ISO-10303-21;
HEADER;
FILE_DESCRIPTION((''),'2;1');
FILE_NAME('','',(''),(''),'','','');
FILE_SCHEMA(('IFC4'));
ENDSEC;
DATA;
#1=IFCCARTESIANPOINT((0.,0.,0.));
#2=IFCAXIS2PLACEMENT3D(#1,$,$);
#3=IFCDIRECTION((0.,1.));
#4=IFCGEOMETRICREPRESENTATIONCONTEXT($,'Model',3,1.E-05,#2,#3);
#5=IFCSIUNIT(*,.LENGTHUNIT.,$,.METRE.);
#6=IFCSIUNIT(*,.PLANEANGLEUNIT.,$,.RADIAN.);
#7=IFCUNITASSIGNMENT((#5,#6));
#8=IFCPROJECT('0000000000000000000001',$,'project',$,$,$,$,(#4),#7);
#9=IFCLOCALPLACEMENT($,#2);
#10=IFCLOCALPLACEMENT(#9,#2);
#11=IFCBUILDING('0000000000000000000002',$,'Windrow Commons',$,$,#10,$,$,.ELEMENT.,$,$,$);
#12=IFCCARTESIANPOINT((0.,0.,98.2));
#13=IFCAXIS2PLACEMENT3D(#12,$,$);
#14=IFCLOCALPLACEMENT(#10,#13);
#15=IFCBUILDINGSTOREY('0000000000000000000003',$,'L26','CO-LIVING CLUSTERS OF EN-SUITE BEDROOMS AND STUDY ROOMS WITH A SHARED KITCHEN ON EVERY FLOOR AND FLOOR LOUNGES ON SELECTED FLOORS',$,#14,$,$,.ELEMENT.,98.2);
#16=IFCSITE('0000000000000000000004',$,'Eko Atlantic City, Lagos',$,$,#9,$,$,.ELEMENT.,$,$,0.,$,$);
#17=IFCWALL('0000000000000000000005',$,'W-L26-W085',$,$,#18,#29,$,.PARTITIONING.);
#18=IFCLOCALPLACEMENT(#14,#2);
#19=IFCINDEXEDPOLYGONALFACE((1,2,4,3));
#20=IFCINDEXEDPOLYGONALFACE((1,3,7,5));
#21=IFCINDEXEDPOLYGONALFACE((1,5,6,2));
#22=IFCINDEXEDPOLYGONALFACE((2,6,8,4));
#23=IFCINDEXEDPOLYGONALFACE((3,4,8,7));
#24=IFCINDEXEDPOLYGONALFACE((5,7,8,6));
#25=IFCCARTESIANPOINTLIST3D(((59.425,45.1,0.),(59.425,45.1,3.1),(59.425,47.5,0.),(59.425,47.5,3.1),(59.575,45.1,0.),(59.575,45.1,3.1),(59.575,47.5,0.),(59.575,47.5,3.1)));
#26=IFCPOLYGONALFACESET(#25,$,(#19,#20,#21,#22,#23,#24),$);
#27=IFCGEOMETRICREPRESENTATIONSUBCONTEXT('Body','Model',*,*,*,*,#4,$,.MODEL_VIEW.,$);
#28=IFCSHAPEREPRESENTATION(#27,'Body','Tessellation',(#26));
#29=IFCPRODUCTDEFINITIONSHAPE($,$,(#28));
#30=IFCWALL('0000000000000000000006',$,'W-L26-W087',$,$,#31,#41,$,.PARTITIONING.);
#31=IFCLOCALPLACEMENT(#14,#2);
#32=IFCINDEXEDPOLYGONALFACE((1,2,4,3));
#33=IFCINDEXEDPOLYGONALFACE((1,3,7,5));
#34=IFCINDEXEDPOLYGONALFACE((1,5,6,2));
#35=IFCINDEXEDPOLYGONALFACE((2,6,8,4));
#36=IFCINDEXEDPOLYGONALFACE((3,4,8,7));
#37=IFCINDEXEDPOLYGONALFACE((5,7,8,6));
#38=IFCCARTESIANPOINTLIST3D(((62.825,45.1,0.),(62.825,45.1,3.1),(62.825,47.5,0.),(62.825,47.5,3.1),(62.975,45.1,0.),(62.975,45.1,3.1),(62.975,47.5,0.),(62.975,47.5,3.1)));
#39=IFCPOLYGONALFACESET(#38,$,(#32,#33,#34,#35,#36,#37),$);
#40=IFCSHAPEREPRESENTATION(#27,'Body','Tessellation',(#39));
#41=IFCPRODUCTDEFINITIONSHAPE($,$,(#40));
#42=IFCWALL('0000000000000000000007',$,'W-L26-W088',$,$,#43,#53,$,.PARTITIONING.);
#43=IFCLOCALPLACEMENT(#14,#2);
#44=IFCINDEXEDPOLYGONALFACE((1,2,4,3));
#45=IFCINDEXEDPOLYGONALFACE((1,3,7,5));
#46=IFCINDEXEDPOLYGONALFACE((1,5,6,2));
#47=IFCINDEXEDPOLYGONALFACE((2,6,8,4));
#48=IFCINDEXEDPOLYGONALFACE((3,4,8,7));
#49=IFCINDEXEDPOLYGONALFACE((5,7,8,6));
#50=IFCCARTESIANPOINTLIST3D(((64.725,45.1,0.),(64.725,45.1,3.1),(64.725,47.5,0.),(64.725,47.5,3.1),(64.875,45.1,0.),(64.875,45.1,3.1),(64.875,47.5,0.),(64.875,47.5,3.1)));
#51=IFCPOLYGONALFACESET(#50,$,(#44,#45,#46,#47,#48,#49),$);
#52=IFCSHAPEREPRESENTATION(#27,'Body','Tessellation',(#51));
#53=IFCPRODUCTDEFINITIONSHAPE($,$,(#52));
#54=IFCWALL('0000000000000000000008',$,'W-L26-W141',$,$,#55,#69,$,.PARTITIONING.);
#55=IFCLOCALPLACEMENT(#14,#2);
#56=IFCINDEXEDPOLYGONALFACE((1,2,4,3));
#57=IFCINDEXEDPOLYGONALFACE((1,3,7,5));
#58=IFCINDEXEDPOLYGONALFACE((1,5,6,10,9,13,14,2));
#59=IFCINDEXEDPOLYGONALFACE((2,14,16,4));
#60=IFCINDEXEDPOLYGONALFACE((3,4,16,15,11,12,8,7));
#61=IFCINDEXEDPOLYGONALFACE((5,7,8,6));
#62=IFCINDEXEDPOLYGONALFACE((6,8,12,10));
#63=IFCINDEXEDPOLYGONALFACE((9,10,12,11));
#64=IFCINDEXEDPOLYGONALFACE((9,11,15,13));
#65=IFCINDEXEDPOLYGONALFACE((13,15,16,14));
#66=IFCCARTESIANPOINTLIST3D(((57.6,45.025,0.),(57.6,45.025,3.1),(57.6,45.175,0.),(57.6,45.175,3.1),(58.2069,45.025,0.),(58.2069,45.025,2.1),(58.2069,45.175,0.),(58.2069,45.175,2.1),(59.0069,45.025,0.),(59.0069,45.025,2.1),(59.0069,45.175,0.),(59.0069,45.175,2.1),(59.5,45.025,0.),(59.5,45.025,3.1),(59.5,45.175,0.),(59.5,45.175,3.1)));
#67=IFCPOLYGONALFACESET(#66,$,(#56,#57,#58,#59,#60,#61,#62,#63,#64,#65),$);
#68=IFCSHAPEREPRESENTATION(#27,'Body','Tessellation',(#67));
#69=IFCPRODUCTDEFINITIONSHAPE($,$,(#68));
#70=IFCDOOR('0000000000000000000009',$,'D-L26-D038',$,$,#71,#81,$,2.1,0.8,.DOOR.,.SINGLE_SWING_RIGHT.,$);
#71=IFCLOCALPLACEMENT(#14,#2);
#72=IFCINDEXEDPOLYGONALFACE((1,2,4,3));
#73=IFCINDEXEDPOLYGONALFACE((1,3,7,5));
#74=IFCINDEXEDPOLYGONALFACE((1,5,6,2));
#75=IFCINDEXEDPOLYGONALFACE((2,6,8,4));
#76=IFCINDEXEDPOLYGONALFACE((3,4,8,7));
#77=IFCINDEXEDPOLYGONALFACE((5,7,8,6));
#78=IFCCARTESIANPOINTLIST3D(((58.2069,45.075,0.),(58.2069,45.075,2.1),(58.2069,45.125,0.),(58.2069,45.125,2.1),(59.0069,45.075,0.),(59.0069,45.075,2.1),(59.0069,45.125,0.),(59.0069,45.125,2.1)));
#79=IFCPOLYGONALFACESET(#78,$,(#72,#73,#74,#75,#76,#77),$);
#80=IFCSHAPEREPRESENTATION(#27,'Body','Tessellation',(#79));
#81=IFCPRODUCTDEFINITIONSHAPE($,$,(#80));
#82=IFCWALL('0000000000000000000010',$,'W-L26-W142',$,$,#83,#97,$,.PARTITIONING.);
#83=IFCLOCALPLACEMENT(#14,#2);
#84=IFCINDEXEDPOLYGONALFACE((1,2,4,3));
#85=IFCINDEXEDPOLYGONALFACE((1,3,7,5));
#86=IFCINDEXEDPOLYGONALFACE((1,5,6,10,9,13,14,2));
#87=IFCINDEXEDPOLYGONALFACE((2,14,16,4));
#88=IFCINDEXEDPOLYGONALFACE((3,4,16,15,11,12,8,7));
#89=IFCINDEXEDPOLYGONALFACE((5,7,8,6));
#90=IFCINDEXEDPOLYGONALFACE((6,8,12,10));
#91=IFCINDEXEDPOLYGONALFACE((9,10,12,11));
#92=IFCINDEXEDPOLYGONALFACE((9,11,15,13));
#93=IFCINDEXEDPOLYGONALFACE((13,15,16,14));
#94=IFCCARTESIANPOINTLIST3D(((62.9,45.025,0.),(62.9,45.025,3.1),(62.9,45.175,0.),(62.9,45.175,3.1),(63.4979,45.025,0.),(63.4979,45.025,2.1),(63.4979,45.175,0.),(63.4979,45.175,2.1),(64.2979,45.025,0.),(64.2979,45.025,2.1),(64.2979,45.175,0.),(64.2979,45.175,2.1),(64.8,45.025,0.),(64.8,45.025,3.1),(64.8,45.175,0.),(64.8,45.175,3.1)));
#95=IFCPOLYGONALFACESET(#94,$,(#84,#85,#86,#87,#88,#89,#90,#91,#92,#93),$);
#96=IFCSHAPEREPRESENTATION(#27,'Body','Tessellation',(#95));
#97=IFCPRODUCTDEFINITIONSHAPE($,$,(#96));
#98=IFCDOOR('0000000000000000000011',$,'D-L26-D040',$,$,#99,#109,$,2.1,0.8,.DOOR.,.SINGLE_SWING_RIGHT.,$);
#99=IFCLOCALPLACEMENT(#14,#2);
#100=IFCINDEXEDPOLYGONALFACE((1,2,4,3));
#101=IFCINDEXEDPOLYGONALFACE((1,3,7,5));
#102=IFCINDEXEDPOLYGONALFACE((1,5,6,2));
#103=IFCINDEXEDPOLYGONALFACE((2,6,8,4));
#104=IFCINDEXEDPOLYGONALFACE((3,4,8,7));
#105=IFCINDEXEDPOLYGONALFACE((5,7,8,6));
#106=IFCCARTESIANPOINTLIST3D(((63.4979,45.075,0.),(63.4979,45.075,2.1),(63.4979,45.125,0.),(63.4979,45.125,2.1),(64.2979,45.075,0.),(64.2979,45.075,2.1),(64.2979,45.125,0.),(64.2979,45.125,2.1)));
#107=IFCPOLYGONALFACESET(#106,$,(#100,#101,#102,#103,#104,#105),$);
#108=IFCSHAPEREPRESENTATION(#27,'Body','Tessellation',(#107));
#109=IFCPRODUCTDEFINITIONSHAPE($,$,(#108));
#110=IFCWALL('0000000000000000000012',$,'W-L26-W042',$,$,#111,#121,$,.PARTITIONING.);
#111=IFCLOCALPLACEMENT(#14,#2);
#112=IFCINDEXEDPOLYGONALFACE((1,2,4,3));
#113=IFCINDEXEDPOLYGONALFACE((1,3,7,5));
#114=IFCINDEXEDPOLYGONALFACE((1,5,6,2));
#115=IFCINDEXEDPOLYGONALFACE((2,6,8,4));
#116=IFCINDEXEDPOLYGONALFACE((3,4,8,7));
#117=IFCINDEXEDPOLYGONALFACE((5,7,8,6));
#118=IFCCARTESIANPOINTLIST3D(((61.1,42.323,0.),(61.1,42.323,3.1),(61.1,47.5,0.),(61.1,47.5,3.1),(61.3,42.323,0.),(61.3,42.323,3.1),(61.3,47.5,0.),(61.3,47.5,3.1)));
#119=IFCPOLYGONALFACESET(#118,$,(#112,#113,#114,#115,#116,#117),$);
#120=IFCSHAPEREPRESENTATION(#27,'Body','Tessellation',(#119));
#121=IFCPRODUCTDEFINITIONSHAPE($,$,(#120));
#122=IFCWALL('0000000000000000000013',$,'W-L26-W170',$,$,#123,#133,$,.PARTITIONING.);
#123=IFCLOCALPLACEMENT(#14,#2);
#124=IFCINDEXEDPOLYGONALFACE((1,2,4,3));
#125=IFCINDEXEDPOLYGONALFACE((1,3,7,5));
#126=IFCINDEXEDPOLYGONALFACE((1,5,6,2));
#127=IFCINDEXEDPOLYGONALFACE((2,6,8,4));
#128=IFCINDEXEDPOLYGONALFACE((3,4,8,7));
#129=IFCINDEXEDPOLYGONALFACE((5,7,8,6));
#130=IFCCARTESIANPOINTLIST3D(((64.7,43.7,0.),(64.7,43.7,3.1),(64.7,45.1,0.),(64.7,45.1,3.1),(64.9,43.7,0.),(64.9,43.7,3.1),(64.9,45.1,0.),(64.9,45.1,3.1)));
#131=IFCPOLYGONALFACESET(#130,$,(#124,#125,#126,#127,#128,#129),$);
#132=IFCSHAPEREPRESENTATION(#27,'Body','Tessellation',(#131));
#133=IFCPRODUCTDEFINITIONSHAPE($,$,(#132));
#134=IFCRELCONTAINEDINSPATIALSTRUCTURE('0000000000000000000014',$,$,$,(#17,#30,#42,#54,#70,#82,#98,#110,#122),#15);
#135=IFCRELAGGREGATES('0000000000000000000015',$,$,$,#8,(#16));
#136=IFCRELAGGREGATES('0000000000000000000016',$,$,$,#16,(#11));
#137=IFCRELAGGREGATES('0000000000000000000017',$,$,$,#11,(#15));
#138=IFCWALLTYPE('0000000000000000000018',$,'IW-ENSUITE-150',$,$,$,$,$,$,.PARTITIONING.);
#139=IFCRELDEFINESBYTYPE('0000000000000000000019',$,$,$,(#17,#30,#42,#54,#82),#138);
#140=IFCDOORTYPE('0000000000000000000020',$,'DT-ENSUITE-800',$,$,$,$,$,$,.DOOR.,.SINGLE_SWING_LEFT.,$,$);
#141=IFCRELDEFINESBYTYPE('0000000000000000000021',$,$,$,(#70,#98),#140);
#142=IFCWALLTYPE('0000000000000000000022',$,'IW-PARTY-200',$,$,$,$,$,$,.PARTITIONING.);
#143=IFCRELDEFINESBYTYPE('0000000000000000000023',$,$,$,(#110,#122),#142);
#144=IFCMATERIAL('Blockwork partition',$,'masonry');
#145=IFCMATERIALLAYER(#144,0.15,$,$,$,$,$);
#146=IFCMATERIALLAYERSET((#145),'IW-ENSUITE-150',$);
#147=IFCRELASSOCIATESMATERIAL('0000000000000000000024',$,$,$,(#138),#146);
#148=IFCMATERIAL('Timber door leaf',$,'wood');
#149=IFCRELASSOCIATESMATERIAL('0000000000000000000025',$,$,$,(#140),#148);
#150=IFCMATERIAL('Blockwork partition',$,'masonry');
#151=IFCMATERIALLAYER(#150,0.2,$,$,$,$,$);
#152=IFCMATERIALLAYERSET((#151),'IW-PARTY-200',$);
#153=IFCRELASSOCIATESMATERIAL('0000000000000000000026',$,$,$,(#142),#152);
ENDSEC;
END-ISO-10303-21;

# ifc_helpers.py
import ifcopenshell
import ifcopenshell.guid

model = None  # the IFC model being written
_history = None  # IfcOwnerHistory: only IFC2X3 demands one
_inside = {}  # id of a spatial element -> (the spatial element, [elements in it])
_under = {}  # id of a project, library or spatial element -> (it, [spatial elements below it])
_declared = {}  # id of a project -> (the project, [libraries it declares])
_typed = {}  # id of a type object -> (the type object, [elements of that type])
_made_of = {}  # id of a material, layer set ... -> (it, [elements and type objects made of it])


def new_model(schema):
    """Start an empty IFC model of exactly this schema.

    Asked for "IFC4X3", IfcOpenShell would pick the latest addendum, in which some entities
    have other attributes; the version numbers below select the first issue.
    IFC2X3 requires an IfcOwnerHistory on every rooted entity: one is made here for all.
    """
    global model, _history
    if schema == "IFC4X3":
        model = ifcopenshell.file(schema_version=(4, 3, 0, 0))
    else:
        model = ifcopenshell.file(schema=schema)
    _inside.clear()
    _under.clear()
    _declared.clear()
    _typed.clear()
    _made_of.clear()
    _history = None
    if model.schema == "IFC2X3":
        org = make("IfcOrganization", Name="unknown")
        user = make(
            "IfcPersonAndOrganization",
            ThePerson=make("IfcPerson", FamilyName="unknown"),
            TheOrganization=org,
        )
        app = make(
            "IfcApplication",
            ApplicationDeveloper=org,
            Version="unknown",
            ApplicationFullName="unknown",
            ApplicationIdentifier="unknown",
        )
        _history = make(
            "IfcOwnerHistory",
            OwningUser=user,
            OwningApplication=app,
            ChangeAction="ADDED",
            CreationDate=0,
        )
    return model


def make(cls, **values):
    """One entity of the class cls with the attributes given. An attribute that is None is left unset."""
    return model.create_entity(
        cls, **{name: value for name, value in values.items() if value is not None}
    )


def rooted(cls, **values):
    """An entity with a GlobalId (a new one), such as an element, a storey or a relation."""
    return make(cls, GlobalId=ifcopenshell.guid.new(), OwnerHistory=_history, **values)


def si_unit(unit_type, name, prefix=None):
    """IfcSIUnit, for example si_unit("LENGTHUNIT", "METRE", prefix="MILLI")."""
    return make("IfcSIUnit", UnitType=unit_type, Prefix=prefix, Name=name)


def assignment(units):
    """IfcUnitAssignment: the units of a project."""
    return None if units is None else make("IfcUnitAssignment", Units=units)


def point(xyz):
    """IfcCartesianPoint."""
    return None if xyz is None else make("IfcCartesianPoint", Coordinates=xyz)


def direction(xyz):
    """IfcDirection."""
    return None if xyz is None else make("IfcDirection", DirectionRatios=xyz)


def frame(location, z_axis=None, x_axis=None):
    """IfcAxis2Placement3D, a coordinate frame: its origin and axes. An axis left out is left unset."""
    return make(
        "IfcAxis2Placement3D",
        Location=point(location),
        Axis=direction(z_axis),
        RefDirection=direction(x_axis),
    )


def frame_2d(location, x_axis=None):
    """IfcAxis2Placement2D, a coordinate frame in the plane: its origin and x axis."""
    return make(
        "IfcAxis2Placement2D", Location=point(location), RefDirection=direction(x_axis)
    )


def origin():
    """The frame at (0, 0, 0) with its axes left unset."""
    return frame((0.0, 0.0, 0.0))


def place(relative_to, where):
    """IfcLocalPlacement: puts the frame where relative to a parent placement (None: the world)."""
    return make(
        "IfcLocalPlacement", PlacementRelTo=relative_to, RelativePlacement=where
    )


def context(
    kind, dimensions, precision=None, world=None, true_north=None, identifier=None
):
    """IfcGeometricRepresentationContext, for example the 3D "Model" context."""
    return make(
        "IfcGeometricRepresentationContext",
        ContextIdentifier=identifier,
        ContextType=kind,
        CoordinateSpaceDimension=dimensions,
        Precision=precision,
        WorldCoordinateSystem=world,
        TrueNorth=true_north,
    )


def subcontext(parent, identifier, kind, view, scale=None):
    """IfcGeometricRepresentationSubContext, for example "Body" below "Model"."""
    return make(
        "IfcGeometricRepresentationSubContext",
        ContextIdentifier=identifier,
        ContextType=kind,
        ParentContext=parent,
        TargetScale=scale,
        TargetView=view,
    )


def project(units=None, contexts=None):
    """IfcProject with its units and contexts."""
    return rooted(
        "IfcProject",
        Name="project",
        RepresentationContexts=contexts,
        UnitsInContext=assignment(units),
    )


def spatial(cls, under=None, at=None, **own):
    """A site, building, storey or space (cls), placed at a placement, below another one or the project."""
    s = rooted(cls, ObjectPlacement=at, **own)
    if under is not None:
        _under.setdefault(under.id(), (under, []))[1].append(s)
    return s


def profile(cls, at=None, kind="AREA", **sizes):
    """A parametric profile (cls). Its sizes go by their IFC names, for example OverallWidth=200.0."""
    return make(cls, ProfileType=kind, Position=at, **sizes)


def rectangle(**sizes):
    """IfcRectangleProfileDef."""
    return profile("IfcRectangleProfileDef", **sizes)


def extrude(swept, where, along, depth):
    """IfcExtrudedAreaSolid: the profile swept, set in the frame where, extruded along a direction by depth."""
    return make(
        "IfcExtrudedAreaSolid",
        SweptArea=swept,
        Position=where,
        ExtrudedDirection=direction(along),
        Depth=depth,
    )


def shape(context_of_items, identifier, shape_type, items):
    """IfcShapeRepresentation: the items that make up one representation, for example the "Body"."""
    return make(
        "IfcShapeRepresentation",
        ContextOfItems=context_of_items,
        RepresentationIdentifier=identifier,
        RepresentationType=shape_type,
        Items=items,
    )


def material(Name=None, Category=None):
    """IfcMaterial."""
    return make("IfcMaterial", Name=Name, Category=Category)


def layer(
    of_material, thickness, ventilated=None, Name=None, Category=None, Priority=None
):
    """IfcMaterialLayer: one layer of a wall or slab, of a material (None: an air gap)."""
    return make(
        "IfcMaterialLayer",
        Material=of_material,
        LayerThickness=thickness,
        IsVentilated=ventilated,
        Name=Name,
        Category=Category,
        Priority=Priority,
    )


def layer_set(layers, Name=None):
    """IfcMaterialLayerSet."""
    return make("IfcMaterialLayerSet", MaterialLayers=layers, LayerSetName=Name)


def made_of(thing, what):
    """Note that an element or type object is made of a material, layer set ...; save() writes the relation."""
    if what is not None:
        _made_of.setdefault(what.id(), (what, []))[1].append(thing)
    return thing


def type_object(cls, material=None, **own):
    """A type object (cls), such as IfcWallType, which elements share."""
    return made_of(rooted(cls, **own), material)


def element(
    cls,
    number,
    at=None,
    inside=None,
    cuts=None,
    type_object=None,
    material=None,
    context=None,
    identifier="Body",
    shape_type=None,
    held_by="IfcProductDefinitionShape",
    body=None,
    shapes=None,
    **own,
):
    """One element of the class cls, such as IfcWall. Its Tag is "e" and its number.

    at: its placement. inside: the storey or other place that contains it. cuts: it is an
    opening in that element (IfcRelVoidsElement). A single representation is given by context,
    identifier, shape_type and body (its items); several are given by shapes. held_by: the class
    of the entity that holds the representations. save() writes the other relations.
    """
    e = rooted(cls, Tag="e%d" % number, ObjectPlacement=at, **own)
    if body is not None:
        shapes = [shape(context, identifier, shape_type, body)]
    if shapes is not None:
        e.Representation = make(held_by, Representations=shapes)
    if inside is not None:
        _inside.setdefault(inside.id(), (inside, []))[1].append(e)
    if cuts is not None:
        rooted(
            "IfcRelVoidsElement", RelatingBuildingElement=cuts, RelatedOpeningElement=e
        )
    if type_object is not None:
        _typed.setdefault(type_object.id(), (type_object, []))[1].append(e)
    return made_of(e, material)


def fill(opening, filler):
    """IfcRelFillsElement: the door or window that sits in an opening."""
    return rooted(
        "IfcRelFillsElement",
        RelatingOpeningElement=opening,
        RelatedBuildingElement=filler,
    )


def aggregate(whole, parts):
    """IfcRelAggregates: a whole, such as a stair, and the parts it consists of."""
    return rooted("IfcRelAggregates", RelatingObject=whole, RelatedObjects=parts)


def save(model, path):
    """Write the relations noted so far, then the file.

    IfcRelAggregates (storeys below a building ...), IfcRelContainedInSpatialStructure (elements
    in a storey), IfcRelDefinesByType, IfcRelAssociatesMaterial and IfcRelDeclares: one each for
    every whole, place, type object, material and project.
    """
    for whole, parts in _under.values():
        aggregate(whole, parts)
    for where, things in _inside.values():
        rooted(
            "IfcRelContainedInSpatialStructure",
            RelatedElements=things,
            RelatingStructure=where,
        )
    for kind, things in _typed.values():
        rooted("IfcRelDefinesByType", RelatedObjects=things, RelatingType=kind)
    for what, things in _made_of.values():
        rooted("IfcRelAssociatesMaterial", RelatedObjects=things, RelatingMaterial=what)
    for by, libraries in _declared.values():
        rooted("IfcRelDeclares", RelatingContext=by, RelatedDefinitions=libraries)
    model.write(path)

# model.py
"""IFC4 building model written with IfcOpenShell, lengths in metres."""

from ifc_helpers import new_model, si_unit, direction, frame, frame_2d, origin, place, context, subcontext, project, spatial, rectangle, extrude, material, layer, layer_set, type_object, element, fill, save


model = new_model("IFC4")

# Units and contexts
model_context = context("Model", 3, precision=1e-05, world=origin(), true_north=direction((0.0, 1.0)))
body_context = subcontext(model_context, "Body", "Model", "MODEL_VIEW")
ifc_project = project(units=[si_unit("LENGTHUNIT", "METRE"), si_unit("PLANEANGLEUNIT", "RADIAN")], contexts=[model_context])

# Site, building, storey
site_placement = place(None, origin())
site = spatial("IfcSite", under=ifc_project, at=site_placement, Name="Eko Atlantic City, Lagos", CompositionType="ELEMENT", RefElevation=0.0)
building_placement = place(site_placement, origin())
building = spatial("IfcBuilding", under=site, at=building_placement, Name="Windrow Commons", CompositionType="ELEMENT")
storey_placement = place(building_placement, frame((0.0, 0.0, 98.2)))
storey = spatial("IfcBuildingStorey", under=building, at=storey_placement, Name="L26", Description="CO-LIVING CLUSTERS OF EN-SUITE BEDROOMS AND STUDY ROOMS WITH A SHARED KITCHEN ON EVERY FLOOR AND FLOOR LOUNGES ON SELECTED FLOORS", CompositionType="ELEMENT", Elevation=98.2)

# Walls
ifc_material_1 = material(Name="Blockwork partition", Category="masonry")
ifc_layer_1 = layer(ifc_material_1, 0.15)
ifc_layer_set_1 = layer_set([ifc_layer_1], Name="IW-ENSUITE-150")
wall_type_1 = type_object("IfcWallType", Name="IW-ENSUITE-150", PredefinedType="PARTITIONING", material=ifc_layer_set_1)
for number, where, z_axis, x_axis, name in (
    (1, (59.5, 45.1, 0.0), (0.0, 0.0, 1.0), (0.0, 1.0, 0.0), "W-L26-W085"),
    (2, (62.9, 45.1, 0.0), (0.0, 0.0, 1.0), (0.0, 1.0, 0.0), "W-L26-W087"),
    (3, (64.8, 45.1, 0.0), (0.0, 0.0, 1.0), (0.0, 1.0, 0.0), "W-L26-W088"),
):
    element("IfcWall", number, at=place(storey_placement, frame(where, z_axis=z_axis, x_axis=x_axis)), inside=storey, type_object=wall_type_1, Name=name, PredefinedType="PARTITIONING", context=body_context, shape_type="SweptSolid", body=[
        extrude(rectangle(XDim=2.4, YDim=0.15, at=frame_2d((1.2, 0.0))), origin(), (0.0, 0.0, 1.0), 3.1),
    ])

# Walls, openings, doors
wall_1_placement = place(storey_placement, frame((57.6, 45.1, 0.0), z_axis=(0.0, 0.0, 1.0), x_axis=(1.0, 0.0, 0.0)))
wall_1 = element("IfcWall", 4, at=wall_1_placement, inside=storey, type_object=wall_type_1, Name="W-L26-W141", PredefinedType="PARTITIONING", context=body_context, shape_type="SweptSolid", body=[
    extrude(rectangle(XDim=1.9, YDim=0.15, at=frame_2d((0.95, 0.0))), origin(), (0.0, 0.0, 1.0), 3.1),
])
opening_1_placement = place(wall_1_placement, frame((0.6069, 0.0, 0.0)))
opening_1 = element("IfcOpeningElement", 5, at=opening_1_placement, cuts=wall_1, PredefinedType="OPENING", context=body_context, shape_type="SweptSolid", body=[
    extrude(rectangle(XDim=0.8, YDim=2.1, at=frame_2d((0.4, 1.05))), frame((0.0, 0.085, 0.0), z_axis=(0.0, -1.0, 0.0), x_axis=(1.0, 0.0, 0.0)), (0.0, 0.0, 1.0), 0.17),
])
ifc_material_2 = material(Name="Timber door leaf", Category="wood")
door_type = type_object("IfcDoorType", Name="DT-ENSUITE-800", OperationType="SINGLE_SWING_LEFT", PredefinedType="DOOR", material=ifc_material_2)
door_1_placement = place(opening_1_placement, origin())
door_1 = element("IfcDoor", 6, at=door_1_placement, inside=storey, type_object=door_type, Name="D-L26-D038", OperationType="SINGLE_SWING_RIGHT", OverallHeight=2.1, OverallWidth=0.8, PredefinedType="DOOR", context=body_context, shape_type="SweptSolid", body=[
    extrude(rectangle(XDim=0.8, YDim=2.1, at=frame_2d((0.4, 1.05))), frame((0.0, 0.025, 0.0), z_axis=(0.0, -1.0, 0.0), x_axis=(1.0, 0.0, 0.0)), (0.0, 0.0, 1.0), 0.05),
])
fill(opening_1, door_1)
wall_2_placement = place(storey_placement, frame((62.9, 45.1, 0.0), z_axis=(0.0, 0.0, 1.0), x_axis=(1.0, 0.0, 0.0)))
wall_2 = element("IfcWall", 7, at=wall_2_placement, inside=storey, type_object=wall_type_1, Name="W-L26-W142", PredefinedType="PARTITIONING", context=body_context, shape_type="SweptSolid", body=[
    extrude(rectangle(XDim=1.9, YDim=0.15, at=frame_2d((0.95, 0.0))), origin(), (0.0, 0.0, 1.0), 3.1),
])
opening_2_placement = place(wall_2_placement, frame((0.5979, 0.0, 0.0)))
opening_2 = element("IfcOpeningElement", 8, at=opening_2_placement, cuts=wall_2, PredefinedType="OPENING", context=body_context, shape_type="SweptSolid", body=[
    extrude(rectangle(XDim=0.8, YDim=2.1, at=frame_2d((0.4, 1.05))), frame((0.0, 0.085, 0.0), z_axis=(0.0, -1.0, 0.0), x_axis=(1.0, 0.0, 0.0)), (0.0, 0.0, 1.0), 0.17),
])
door_2_placement = place(opening_2_placement, origin())
door_2 = element("IfcDoor", 9, at=door_2_placement, inside=storey, type_object=door_type, Name="D-L26-D040", OperationType="SINGLE_SWING_RIGHT", OverallHeight=2.1, OverallWidth=0.8, PredefinedType="DOOR", context=body_context, shape_type="SweptSolid", body=[
    extrude(rectangle(XDim=0.8, YDim=2.1, at=frame_2d((0.4, 1.05))), frame((0.0, 0.025, 0.0), z_axis=(0.0, -1.0, 0.0), x_axis=(1.0, 0.0, 0.0)), (0.0, 0.0, 1.0), 0.05),
])
fill(opening_2, door_2)

# Walls
ifc_material_3 = material(Name="Blockwork partition", Category="masonry")
ifc_layer_2 = layer(ifc_material_3, 0.2)
ifc_layer_set_2 = layer_set([ifc_layer_2], Name="IW-PARTY-200")
wall_type_2 = type_object("IfcWallType", Name="IW-PARTY-200", PredefinedType="PARTITIONING", material=ifc_layer_set_2)
wall_3_placement = place(storey_placement, frame((61.2, 42.323, 0.0), z_axis=(0.0, 0.0, 1.0), x_axis=(0.0, 1.0, 0.0)))
element("IfcWall", 10, at=wall_3_placement, inside=storey, type_object=wall_type_2, Name="W-L26-W042", PredefinedType="PARTITIONING", context=body_context, shape_type="SweptSolid", body=[
    extrude(rectangle(XDim=5.177, YDim=0.2, at=frame_2d((2.5885, 0.0))), origin(), (0.0, 0.0, 1.0), 3.1),
])
wall_4_placement = place(storey_placement, frame((64.8, 43.7, 0.0), z_axis=(0.0, 0.0, 1.0), x_axis=(0.0, 1.0, 0.0)))
element("IfcWall", 11, at=wall_4_placement, inside=storey, type_object=wall_type_2, Name="W-L26-W170", PredefinedType="PARTITIONING", context=body_context, shape_type="SweptSolid", body=[
    extrude(rectangle(XDim=1.4, YDim=0.2, at=frame_2d((0.7, 0.0))), origin(), (0.0, 0.0, 1.0), 3.1),
])

save(model, "model.ifc")
